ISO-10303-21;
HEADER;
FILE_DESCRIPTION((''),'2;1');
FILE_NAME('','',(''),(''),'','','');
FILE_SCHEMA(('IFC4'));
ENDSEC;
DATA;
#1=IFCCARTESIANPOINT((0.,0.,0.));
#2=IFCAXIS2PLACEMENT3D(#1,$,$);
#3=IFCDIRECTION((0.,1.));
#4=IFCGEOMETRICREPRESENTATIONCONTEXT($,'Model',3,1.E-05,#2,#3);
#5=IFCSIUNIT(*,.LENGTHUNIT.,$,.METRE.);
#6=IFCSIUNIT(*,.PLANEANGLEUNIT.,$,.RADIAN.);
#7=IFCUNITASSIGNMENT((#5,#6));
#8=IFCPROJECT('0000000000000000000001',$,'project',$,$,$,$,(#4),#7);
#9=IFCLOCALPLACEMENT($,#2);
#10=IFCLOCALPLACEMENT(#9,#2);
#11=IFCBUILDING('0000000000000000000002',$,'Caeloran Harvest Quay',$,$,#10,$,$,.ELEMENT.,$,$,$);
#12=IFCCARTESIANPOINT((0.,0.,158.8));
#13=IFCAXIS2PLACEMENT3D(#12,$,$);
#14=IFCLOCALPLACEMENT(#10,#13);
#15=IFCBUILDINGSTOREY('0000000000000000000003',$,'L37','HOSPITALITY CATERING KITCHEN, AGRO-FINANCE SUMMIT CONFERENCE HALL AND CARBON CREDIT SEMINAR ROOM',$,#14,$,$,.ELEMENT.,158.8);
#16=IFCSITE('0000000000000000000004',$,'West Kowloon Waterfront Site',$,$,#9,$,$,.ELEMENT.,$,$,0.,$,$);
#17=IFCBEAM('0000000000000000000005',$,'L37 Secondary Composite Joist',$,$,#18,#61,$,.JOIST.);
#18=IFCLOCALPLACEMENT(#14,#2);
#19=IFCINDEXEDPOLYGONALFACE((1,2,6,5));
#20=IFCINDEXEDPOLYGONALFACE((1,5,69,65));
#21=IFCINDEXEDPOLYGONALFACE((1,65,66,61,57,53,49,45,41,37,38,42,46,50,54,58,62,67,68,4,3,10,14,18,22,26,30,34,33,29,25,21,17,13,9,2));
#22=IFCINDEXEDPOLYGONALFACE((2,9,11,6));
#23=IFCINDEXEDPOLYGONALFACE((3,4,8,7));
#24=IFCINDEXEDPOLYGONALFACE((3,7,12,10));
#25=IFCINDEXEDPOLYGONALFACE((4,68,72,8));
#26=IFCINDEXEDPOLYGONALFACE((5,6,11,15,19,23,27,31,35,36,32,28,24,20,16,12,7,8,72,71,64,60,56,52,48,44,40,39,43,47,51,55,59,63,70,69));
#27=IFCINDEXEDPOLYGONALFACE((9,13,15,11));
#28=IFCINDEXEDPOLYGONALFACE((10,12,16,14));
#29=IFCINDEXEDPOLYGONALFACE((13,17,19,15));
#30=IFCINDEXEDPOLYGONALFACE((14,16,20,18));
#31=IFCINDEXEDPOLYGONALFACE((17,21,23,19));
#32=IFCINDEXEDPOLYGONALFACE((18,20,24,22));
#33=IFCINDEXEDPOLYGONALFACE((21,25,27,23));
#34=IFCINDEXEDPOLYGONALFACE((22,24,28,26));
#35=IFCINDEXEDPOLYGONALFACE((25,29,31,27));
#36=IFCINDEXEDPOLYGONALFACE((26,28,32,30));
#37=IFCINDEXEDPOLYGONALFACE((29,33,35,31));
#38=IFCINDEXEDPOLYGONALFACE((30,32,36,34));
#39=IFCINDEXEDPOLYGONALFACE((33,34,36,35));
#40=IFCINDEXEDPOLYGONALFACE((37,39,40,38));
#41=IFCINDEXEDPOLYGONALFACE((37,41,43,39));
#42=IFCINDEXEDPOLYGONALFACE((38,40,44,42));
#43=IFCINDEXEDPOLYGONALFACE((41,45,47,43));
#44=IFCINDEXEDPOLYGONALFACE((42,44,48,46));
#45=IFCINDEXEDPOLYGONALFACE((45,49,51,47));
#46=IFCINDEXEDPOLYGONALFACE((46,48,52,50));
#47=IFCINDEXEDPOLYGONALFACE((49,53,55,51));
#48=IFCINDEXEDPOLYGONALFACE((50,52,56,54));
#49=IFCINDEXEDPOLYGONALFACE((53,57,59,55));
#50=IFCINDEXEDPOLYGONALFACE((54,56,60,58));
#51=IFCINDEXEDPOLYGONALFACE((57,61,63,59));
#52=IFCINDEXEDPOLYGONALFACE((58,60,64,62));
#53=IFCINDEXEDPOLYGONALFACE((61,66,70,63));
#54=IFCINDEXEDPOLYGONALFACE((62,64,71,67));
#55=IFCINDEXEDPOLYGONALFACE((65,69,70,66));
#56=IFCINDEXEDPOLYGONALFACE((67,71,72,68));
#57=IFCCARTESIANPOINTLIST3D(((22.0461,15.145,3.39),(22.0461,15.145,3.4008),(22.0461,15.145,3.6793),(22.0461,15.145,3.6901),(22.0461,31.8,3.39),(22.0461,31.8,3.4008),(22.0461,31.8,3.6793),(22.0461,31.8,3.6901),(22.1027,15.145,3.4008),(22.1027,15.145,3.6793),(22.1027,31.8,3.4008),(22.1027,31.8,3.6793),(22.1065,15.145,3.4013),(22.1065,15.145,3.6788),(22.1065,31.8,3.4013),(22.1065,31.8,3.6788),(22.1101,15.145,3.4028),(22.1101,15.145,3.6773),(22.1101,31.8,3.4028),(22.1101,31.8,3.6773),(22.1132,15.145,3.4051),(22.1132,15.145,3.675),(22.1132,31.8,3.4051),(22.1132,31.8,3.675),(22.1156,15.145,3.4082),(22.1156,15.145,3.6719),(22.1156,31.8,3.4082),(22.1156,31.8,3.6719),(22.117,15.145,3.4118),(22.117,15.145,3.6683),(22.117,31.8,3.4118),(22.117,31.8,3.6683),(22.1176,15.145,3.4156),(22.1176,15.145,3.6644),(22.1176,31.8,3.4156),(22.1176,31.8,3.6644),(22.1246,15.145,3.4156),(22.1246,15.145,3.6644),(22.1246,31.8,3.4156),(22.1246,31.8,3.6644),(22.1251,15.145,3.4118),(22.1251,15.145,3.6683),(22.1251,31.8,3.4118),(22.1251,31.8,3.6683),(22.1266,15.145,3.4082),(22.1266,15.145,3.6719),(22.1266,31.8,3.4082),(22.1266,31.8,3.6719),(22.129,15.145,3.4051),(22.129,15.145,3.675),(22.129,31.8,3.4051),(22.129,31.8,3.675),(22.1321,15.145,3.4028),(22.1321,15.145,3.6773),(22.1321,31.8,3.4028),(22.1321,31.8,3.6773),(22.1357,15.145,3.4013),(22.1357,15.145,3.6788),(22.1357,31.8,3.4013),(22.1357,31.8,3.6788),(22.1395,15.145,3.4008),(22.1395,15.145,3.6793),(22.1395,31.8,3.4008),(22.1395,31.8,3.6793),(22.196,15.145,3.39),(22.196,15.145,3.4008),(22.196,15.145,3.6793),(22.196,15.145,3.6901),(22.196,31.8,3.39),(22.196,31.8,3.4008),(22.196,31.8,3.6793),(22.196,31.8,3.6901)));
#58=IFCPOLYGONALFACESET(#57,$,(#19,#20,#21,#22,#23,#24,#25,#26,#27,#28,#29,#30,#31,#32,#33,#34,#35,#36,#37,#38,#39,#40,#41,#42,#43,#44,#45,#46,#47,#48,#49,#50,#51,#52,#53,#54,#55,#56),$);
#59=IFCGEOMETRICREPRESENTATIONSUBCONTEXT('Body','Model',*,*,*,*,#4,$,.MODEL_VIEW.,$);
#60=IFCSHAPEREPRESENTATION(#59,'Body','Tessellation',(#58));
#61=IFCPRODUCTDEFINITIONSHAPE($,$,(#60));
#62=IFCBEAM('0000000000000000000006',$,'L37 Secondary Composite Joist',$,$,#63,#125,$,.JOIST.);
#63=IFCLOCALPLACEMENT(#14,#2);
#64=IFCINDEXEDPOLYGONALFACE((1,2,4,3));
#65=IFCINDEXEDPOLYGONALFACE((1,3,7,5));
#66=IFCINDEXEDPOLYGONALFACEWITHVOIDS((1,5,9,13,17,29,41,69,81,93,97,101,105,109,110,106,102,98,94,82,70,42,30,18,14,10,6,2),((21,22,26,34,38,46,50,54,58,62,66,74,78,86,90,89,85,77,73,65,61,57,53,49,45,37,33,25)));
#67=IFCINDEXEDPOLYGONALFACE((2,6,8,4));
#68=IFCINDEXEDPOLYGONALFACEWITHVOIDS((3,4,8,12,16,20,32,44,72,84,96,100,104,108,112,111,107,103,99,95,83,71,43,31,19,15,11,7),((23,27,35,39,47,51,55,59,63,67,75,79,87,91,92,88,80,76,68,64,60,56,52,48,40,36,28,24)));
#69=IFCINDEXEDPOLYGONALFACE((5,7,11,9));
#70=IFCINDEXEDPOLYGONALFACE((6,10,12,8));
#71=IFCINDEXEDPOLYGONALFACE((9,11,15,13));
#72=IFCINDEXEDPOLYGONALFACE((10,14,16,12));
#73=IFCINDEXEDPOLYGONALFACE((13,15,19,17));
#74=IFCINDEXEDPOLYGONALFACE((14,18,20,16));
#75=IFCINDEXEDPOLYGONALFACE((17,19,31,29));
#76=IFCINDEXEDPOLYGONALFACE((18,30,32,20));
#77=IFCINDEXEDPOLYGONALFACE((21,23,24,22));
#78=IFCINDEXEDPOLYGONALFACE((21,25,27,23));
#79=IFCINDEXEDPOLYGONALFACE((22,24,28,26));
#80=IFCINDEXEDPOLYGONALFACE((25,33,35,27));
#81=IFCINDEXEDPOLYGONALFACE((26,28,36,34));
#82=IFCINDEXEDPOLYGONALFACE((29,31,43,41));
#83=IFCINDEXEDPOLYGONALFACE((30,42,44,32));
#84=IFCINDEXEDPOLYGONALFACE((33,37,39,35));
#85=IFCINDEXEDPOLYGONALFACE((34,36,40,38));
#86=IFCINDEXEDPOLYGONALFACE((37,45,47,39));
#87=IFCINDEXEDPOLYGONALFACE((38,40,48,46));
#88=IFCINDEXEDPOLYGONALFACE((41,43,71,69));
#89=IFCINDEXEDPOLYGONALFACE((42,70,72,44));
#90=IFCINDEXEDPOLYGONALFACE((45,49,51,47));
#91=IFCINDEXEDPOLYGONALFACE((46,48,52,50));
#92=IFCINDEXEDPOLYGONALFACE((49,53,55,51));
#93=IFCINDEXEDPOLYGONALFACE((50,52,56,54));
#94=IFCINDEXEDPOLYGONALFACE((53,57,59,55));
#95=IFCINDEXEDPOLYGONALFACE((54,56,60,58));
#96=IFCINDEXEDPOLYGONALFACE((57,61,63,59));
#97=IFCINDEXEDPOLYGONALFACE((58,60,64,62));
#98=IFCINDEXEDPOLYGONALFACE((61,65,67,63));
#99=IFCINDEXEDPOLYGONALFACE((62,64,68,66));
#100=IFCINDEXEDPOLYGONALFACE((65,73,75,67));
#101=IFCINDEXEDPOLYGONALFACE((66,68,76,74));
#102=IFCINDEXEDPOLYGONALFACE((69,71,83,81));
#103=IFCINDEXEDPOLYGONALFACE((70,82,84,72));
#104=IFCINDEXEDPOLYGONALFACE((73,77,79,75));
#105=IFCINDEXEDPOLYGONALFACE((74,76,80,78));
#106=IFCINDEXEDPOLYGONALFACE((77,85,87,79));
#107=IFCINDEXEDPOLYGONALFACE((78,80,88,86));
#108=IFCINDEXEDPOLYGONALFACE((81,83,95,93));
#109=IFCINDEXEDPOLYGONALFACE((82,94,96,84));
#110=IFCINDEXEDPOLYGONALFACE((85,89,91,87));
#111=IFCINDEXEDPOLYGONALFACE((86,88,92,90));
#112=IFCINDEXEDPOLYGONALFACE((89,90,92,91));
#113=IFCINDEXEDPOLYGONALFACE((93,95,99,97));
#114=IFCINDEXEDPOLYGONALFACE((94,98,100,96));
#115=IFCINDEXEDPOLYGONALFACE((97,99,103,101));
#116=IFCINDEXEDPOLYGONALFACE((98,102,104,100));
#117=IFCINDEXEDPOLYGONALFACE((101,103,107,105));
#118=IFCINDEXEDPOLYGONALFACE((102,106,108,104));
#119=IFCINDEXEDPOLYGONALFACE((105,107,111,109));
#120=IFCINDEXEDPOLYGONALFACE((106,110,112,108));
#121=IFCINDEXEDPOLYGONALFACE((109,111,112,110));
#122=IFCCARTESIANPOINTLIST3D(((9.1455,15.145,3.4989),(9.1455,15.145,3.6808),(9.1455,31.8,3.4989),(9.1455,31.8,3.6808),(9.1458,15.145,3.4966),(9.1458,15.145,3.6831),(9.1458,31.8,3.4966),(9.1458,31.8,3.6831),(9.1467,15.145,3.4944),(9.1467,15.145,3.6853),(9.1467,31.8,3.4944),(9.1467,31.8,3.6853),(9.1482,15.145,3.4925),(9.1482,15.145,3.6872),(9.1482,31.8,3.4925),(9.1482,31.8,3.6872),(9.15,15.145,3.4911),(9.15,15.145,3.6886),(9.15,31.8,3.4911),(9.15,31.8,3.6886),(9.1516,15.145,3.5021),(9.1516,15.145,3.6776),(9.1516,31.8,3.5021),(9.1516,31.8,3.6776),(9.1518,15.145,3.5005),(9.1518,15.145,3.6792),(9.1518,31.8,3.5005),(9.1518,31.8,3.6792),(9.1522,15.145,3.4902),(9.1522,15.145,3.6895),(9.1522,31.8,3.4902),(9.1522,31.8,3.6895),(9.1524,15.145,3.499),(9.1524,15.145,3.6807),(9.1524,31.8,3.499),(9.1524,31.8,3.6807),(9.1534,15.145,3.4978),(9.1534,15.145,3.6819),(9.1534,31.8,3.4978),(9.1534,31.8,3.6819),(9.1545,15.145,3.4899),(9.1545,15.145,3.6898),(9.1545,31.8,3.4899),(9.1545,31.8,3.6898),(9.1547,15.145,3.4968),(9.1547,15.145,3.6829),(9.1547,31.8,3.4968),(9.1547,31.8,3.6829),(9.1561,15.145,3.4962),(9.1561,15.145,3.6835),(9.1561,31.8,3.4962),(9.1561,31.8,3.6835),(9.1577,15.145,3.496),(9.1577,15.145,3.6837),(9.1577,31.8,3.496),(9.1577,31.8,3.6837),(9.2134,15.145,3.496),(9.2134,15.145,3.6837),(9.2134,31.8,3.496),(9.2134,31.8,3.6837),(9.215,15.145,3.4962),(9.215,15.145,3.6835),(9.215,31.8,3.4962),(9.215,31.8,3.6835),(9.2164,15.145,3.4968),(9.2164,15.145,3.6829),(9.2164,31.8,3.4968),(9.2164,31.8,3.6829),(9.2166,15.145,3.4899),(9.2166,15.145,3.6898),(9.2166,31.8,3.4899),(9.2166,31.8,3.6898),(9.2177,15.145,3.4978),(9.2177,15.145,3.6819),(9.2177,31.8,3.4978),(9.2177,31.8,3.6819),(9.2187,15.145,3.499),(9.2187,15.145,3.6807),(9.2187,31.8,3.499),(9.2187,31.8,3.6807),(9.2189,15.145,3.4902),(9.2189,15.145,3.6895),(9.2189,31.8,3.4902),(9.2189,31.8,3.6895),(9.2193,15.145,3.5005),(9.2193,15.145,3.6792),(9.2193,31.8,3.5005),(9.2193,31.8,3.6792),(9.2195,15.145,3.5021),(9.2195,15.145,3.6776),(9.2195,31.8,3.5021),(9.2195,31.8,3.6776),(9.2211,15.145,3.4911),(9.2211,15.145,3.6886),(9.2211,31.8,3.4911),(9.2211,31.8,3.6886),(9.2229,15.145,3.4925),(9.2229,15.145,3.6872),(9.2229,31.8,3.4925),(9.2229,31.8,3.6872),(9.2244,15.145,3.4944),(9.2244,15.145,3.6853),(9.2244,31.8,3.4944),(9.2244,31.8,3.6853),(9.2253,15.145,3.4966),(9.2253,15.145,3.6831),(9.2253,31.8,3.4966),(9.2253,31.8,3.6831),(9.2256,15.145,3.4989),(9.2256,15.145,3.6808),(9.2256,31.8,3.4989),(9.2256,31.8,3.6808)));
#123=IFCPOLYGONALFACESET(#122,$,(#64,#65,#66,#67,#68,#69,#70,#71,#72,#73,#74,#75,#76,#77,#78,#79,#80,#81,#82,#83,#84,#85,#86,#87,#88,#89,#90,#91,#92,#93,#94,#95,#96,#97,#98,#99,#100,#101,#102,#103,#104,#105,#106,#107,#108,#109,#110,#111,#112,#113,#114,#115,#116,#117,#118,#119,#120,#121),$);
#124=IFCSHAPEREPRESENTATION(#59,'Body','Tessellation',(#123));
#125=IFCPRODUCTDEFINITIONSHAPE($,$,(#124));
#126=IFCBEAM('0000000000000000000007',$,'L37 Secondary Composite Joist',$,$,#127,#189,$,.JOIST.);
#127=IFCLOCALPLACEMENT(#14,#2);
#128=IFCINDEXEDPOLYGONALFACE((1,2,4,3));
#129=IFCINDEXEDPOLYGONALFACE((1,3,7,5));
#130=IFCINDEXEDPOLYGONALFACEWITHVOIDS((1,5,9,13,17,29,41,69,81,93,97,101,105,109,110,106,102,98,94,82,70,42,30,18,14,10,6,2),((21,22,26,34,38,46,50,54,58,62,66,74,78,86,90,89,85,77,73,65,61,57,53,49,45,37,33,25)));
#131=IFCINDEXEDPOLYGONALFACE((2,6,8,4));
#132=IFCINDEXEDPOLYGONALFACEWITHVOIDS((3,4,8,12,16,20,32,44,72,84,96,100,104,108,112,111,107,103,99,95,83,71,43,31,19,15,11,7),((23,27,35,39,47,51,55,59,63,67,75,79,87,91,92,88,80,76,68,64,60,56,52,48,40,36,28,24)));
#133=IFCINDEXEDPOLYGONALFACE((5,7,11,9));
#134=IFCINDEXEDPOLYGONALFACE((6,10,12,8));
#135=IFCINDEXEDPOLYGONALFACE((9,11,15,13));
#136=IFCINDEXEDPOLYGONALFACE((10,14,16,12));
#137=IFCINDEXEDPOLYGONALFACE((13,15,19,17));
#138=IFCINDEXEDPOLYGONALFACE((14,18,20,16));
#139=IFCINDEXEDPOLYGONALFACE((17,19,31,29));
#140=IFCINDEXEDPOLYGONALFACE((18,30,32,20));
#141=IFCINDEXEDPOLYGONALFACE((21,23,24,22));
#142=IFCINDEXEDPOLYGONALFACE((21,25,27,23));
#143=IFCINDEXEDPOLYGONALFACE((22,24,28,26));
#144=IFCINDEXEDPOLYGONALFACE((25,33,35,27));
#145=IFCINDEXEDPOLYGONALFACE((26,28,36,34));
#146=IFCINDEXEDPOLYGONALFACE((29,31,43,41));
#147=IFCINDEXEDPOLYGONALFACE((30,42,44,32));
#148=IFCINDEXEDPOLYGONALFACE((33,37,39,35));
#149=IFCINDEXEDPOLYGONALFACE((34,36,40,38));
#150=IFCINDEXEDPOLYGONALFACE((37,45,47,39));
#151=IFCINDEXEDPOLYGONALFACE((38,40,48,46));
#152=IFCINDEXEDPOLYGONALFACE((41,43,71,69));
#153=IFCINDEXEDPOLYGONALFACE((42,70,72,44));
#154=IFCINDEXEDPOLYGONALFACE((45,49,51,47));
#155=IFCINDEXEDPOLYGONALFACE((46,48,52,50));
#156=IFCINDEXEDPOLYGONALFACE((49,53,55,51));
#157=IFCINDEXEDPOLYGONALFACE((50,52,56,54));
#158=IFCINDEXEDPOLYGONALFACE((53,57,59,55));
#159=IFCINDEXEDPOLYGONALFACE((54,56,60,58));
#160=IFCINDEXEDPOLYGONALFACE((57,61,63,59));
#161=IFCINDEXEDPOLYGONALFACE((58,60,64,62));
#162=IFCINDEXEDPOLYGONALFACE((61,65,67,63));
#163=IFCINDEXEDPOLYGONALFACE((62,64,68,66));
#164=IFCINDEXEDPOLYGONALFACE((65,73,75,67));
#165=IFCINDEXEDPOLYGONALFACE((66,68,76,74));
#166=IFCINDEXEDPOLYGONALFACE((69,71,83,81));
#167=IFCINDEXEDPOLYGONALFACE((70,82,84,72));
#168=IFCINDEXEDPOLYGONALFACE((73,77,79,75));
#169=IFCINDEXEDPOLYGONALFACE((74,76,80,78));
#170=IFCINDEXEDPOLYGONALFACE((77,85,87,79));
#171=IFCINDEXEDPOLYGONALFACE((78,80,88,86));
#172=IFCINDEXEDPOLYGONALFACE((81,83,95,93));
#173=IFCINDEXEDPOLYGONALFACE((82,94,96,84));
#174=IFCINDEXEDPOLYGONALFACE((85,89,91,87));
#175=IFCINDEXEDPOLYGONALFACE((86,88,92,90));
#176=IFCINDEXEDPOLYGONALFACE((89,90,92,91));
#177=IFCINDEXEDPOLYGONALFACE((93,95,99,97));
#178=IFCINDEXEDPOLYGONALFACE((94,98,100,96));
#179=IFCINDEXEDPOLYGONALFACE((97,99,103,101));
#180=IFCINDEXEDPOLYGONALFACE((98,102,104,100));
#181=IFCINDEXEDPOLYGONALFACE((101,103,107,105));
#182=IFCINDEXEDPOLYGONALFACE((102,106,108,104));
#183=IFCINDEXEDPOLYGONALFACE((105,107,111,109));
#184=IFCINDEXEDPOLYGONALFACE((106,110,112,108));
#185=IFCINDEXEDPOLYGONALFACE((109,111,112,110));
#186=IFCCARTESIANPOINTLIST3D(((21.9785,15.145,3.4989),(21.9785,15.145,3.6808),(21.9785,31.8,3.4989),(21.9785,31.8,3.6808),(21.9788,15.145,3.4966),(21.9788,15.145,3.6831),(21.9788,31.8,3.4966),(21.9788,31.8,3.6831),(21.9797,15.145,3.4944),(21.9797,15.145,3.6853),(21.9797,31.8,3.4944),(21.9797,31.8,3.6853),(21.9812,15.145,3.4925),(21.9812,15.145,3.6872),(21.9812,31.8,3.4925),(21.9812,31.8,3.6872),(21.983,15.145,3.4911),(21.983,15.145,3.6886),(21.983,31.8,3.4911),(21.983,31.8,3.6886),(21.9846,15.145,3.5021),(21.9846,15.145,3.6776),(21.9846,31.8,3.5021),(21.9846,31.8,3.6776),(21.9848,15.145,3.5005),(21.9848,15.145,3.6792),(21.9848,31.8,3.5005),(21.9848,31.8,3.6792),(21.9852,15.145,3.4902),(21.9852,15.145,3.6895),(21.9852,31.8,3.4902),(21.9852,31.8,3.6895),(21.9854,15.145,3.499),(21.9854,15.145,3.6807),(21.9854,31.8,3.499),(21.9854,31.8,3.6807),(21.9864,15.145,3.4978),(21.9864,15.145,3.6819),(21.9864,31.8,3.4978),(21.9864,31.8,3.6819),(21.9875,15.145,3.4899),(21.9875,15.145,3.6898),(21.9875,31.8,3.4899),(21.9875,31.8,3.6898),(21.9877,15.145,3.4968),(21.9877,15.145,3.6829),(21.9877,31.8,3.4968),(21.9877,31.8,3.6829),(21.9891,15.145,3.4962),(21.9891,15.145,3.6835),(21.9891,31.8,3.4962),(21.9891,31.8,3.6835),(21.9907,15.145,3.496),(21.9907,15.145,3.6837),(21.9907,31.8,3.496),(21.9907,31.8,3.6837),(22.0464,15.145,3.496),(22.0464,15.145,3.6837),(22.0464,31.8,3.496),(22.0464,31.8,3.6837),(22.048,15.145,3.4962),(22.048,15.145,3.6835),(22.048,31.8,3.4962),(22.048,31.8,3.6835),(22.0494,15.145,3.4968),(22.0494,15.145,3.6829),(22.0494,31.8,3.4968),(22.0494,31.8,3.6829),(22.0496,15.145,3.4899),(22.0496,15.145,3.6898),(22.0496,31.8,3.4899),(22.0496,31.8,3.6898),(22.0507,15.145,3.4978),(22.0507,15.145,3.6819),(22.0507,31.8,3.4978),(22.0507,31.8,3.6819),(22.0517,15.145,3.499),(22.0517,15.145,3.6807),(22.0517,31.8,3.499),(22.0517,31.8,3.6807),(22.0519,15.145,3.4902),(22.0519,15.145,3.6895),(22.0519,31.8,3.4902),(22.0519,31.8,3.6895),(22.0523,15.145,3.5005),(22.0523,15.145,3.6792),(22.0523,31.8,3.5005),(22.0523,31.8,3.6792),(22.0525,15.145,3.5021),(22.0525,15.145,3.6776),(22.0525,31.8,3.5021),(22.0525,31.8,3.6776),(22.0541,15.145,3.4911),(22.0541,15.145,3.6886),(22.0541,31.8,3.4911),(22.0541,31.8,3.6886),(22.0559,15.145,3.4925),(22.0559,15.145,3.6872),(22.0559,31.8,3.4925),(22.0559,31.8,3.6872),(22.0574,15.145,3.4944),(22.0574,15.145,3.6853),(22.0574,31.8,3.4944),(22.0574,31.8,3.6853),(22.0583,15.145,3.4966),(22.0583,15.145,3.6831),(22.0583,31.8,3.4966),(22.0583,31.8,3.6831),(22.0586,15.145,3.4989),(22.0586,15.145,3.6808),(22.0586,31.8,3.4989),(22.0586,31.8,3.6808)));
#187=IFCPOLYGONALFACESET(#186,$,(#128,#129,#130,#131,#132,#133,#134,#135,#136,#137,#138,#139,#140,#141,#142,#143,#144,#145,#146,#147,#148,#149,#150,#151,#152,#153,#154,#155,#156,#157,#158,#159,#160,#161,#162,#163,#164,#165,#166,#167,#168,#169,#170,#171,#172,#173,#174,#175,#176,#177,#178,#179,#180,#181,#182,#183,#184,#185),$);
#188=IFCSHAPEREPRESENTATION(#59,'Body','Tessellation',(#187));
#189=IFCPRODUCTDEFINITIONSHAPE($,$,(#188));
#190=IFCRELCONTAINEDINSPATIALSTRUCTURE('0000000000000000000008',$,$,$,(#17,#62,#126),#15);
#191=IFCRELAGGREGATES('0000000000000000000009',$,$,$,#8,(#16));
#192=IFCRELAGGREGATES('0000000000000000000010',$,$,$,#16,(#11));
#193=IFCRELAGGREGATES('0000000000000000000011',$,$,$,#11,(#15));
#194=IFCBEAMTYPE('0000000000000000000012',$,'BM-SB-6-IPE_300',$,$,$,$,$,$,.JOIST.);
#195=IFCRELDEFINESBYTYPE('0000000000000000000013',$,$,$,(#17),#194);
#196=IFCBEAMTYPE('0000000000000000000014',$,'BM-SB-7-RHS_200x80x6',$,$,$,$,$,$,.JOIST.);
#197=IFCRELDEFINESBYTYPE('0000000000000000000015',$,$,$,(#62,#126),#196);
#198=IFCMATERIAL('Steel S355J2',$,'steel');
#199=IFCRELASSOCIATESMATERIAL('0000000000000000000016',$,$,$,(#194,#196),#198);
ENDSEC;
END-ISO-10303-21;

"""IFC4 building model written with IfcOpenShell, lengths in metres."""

from ifc_helpers import new_model, si_unit, direction, frame, origin, origin_2d, place, context, subcontext, project, spatial, hollow_rectangle, i_section, extrude, material, material_profile, profile_set, type_object, element, save


model = new_model("IFC4")

# Units and contexts
model_context = context("Model", 3, precision=1e-05, world=origin(), true_north=direction((0.0, 1.0)))
body_context = subcontext(model_context, "Body", "Model", "MODEL_VIEW")
ifc_project = project(units=[si_unit("LENGTHUNIT", "METRE"), si_unit("PLANEANGLEUNIT", "RADIAN")], contexts=[model_context])

# Site, building, storey
site_placement = place(None, origin())
site = spatial("IfcSite", under=ifc_project, at=site_placement, Name="West Kowloon Waterfront Site", CompositionType="ELEMENT", RefElevation=0.0)
building_placement = place(site_placement, origin())
building = spatial("IfcBuilding", under=site, at=building_placement, Name="Caeloran Harvest Quay", CompositionType="ELEMENT")
storey_placement = place(building_placement, frame((0.0, 0.0, 158.8)))
storey = spatial("IfcBuildingStorey", under=building, at=storey_placement, Name="L37", Description="HOSPITALITY CATERING KITCHEN, AGRO-FINANCE SUMMIT CONFERENCE HALL AND CARBON CREDIT SEMINAR ROOM", CompositionType="ELEMENT", Elevation=158.8)

# Beams
ifc_material_1 = material(Name="Steel S355J2", Category="steel")
ifc_material_profile_1 = material_profile(ifc_material_1, i_section(OverallWidth=0.1499, OverallDepth=0.3, WebThickness=0.0071, FlangeThickness=0.0107, FilletRadius=0.0149, at=origin_2d()), Name="IPE 300")
ifc_profile_set_1 = profile_set([ifc_material_profile_1], Name="Steel S355J2")
beam_type_1 = type_object("IfcBeamType", Name="BM-SB-6-IPE_300", PredefinedType="JOIST", material=ifc_profile_set_1)
for number, where, z_axis, x_axis, name in (
    (1, (22.1211, 15.145, 3.54), (0.0, 1.0, 0.0), (-1.0, 0.0, 0.0), "L37 Secondary Composite Joist"),
):
    element("IfcBeam", number, at=place(storey_placement, frame(where, z_axis=z_axis, x_axis=x_axis)), inside=storey, type_object=beam_type_1, Name=name, PredefinedType="JOIST", context=body_context, shape_type="SweptSolid", body=[
        extrude(i_section(OverallWidth=0.1499, OverallDepth=0.3, WebThickness=0.0071, FlangeThickness=0.0107, FilletRadius=0.0149, at=origin_2d()), origin(), (0.0, 0.0, 1.0), 16.655),
    ])
ifc_material_profile_2 = material_profile(ifc_material_1, hollow_rectangle(XDim=0.0801, YDim=0.2, WallThickness=0.0061, InnerFilletRadius=0.0061, OuterFilletRadius=0.009, at=origin_2d()), Name="RHS 200x80x6")
ifc_profile_set_2 = profile_set([ifc_material_profile_2], Name="Steel S355J2")
beam_type_2 = type_object("IfcBeamType", Name="BM-SB-7-RHS_200x80x6", PredefinedType="JOIST", material=ifc_profile_set_2)
for number, where, z_axis, x_axis, name in (
    (2, (9.1855, 15.145, 3.5898), (0.0, 1.0, 0.0), (-1.0, 0.0, 0.0), "L37 Secondary Composite Joist"),
    (3, (22.0186, 15.145, 3.5898), (0.0, 1.0, 0.0), (-1.0, 0.0, 0.0), "L37 Secondary Composite Joist"),
):
    element("IfcBeam", number, at=place(storey_placement, frame(where, z_axis=z_axis, x_axis=x_axis)), inside=storey, type_object=beam_type_2, Name=name, PredefinedType="JOIST", context=body_context, shape_type="SweptSolid", body=[
        extrude(hollow_rectangle(XDim=0.0801, YDim=0.2, WallThickness=0.0061, InnerFilletRadius=0.0061, OuterFilletRadius=0.009, at=origin_2d()), origin(), (0.0, 0.0, 1.0), 16.655),
    ])

save(model, "model.ifc")
